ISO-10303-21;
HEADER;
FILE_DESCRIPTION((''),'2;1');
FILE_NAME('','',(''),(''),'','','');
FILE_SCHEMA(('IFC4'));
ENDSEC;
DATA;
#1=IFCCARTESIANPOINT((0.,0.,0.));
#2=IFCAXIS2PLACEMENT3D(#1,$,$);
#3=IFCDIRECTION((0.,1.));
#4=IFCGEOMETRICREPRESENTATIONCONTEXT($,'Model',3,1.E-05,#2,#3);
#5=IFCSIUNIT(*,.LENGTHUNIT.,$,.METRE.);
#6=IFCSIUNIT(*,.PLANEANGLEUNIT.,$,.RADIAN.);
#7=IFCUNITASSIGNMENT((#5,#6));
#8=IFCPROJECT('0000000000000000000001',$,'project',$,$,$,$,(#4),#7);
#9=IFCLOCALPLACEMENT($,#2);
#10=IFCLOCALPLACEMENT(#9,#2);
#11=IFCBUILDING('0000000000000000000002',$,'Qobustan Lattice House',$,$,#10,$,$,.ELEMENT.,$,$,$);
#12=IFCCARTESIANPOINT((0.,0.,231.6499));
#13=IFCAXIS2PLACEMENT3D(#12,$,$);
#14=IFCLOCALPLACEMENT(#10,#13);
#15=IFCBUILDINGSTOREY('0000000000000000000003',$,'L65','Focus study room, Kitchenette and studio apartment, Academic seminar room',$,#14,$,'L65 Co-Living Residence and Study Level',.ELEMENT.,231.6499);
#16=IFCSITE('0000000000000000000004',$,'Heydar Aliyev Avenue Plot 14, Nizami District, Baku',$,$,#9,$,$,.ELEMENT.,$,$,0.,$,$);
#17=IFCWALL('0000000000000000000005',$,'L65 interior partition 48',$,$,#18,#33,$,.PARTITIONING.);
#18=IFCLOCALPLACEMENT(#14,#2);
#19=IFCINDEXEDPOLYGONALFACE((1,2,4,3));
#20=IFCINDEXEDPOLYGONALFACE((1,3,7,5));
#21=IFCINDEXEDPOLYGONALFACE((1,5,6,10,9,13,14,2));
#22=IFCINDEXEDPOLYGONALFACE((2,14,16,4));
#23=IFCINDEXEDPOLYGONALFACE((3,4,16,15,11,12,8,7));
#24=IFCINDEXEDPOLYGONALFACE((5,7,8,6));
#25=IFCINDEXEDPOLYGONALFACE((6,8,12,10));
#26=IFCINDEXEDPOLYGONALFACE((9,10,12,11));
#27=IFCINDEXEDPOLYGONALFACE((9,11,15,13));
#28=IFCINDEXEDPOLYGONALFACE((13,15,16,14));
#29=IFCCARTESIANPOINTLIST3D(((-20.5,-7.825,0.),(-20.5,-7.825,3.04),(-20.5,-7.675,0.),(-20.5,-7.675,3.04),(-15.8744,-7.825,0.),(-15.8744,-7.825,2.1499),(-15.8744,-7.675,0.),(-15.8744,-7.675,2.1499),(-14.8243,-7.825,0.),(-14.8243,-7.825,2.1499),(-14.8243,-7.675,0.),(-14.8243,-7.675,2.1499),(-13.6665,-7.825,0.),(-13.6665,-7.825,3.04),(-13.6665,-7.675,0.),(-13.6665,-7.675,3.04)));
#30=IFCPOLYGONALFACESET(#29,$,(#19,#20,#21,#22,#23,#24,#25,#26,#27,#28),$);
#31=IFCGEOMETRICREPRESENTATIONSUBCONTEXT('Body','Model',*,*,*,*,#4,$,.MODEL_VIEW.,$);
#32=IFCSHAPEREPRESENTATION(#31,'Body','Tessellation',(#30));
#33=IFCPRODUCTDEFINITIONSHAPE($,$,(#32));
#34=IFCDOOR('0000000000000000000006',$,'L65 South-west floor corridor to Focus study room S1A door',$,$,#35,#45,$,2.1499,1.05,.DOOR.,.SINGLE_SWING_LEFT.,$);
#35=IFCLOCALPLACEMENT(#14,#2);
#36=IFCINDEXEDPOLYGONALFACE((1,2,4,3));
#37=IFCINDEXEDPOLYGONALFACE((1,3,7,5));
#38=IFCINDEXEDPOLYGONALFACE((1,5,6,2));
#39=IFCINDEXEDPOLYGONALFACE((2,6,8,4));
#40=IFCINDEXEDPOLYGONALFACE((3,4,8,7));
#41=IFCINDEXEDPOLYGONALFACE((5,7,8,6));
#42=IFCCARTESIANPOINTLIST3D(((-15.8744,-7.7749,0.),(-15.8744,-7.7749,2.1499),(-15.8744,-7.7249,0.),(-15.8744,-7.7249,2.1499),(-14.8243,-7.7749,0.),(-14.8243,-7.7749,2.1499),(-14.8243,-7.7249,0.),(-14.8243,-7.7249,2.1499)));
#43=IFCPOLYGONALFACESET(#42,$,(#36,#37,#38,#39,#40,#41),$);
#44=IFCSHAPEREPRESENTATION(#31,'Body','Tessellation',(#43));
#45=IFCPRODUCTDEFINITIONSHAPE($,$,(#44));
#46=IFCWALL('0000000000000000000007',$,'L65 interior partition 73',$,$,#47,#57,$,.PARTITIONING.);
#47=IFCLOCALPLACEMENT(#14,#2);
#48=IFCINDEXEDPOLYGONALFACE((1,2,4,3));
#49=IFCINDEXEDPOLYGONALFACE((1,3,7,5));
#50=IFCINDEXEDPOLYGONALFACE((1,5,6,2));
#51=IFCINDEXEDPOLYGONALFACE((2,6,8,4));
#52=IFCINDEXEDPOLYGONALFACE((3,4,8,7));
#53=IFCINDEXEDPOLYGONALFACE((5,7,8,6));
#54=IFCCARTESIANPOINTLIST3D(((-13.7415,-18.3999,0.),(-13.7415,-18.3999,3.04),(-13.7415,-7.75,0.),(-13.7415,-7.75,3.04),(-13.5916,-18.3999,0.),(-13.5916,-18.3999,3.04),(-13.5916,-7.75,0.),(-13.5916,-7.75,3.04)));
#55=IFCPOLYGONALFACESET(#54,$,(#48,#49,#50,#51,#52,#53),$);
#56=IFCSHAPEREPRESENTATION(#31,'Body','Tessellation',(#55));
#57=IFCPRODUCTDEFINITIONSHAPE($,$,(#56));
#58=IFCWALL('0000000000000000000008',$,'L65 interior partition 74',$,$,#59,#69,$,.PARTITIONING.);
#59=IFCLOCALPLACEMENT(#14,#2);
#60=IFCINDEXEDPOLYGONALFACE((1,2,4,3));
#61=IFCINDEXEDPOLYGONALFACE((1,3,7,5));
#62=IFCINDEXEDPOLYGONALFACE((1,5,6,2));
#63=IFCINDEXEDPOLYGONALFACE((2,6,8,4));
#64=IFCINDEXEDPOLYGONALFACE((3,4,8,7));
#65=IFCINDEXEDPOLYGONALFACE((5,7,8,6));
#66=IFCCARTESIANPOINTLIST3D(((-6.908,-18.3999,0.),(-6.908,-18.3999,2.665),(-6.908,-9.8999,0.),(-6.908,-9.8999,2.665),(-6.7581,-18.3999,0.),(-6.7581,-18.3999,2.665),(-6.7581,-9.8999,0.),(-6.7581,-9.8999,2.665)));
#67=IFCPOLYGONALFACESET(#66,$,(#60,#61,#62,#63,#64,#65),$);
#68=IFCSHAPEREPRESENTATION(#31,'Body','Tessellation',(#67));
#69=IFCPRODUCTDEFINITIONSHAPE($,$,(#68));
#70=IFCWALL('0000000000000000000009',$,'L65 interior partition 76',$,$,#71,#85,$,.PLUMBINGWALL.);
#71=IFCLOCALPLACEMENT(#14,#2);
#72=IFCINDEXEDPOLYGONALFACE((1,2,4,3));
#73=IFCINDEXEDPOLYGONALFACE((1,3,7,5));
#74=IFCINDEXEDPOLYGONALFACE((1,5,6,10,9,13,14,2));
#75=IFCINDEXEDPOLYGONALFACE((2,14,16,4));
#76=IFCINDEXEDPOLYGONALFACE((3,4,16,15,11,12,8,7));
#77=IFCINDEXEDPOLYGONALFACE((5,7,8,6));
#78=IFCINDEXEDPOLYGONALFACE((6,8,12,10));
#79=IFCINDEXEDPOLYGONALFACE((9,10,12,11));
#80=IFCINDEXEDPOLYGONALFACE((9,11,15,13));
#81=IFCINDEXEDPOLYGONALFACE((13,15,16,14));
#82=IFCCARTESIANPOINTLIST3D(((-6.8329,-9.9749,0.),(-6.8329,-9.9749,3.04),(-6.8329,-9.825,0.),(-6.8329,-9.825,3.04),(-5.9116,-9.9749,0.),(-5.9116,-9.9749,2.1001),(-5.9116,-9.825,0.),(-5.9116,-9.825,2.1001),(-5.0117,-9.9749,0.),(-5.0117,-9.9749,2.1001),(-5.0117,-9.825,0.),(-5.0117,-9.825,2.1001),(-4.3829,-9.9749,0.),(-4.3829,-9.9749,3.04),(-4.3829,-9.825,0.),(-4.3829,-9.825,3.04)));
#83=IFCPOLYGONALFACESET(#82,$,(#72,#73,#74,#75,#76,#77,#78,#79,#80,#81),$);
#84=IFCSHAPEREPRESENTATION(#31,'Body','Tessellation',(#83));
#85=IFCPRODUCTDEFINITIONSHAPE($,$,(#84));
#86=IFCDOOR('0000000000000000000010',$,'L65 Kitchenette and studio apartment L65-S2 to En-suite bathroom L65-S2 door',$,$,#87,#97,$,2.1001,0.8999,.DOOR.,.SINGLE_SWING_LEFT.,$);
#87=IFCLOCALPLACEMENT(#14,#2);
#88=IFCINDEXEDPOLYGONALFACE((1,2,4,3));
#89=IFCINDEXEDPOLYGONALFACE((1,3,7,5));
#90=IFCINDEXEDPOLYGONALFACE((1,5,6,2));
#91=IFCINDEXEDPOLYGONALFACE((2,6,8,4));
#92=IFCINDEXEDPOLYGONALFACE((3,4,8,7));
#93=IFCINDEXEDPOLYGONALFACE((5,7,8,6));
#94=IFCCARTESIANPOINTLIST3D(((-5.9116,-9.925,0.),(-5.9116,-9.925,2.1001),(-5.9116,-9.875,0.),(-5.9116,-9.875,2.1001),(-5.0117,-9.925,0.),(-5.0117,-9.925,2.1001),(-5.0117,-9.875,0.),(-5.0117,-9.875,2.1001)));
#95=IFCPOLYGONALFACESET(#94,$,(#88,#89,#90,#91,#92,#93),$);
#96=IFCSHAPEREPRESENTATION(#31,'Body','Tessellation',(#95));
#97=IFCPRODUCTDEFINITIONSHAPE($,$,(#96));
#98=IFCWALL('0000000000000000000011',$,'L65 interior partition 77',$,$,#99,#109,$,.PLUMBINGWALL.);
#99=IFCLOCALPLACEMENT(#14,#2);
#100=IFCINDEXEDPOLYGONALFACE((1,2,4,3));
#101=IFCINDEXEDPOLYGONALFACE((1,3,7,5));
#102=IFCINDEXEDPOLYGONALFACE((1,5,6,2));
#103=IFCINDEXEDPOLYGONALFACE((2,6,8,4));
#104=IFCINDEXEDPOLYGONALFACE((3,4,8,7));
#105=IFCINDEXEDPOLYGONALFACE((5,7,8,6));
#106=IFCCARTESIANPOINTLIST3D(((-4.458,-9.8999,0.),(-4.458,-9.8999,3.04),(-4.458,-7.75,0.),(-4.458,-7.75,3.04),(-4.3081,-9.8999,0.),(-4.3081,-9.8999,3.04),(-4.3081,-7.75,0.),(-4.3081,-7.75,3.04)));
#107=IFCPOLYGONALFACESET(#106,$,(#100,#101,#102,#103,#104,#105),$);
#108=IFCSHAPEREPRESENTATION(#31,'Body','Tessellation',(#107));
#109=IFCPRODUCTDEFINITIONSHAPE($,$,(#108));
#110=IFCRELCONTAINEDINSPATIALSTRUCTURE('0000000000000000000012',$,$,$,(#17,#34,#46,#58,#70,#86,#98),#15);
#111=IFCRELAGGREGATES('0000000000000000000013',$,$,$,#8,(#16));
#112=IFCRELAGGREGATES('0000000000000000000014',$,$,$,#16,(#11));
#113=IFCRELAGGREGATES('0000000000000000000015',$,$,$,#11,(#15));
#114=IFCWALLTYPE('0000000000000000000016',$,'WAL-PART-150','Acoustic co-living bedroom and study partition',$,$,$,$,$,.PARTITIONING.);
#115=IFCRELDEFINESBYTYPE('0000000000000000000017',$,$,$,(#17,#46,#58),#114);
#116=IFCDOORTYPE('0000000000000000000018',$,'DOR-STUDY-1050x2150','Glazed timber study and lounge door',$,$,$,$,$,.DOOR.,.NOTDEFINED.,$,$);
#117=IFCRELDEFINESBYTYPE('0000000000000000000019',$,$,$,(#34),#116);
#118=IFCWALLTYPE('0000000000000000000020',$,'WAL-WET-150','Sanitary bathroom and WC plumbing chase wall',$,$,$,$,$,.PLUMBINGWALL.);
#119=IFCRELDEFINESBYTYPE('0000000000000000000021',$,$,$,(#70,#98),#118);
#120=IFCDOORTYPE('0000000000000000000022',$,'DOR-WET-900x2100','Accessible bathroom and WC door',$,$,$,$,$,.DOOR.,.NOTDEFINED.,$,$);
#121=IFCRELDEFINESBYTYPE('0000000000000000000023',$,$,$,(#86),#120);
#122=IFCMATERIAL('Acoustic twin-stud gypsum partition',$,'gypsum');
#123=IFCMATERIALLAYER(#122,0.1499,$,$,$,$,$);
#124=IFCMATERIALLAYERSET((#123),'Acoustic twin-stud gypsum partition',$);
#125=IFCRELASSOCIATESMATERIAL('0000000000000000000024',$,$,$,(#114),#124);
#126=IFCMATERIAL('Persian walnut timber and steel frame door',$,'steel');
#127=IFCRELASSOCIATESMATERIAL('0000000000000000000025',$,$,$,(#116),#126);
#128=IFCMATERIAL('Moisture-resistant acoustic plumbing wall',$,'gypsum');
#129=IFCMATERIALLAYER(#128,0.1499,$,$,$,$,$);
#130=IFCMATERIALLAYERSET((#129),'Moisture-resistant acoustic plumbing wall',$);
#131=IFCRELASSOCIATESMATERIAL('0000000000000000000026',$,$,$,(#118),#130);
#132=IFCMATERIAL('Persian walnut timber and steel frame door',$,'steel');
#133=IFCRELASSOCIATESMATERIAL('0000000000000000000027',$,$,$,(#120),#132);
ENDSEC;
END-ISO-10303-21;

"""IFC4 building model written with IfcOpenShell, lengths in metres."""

from ifc_helpers import new_model, si_unit, direction, frame, frame_2d, origin, place, context, subcontext, project, spatial, rectangle, extrude, material, layer, layer_set, type_object, element, fill, save


model = new_model("IFC4")

# Units and contexts
model_context = context("Model", 3, precision=1e-05, world=origin(), true_north=direction((0.0, 1.0)))
body_context = subcontext(model_context, "Body", "Model", "MODEL_VIEW")
ifc_project = project(units=[si_unit("LENGTHUNIT", "METRE"), si_unit("PLANEANGLEUNIT", "RADIAN")], contexts=[model_context])

# Site, building, storey
site_placement = place(None, origin())
site = spatial("IfcSite", under=ifc_project, at=site_placement, Name="Heydar Aliyev Avenue Plot 14, Nizami District, Baku", CompositionType="ELEMENT", RefElevation=0.0)
building_placement = place(site_placement, origin())
building = spatial("IfcBuilding", under=site, at=building_placement, Name="Qobustan Lattice House", CompositionType="ELEMENT")
storey_placement = place(building_placement, frame((0.0, 0.0, 231.6499)))
storey = spatial("IfcBuildingStorey", under=building, at=storey_placement, Name="L65", Description="Focus study room, Kitchenette and studio apartment, Academic seminar room", LongName="L65 Co-Living Residence and Study Level", CompositionType="ELEMENT", Elevation=231.6499)

# Wall, opening, door
ifc_material_1 = material(Name="Acoustic twin-stud gypsum partition", Category="gypsum")
ifc_layer_1 = layer(ifc_material_1, 0.1499)
ifc_layer_set_1 = layer_set([ifc_layer_1], Name="Acoustic twin-stud gypsum partition")
wall_type_1 = type_object("IfcWallType", Name="WAL-PART-150", Description="Acoustic co-living bedroom and study partition", PredefinedType="PARTITIONING", material=ifc_layer_set_1)
wall_1_placement = place(storey_placement, frame((-13.6665, -7.75, 0.0), z_axis=(0.0, 0.0, 1.0), x_axis=(-1.0, 0.0, 0.0)))
wall_1 = element("IfcWall", 1, at=wall_1_placement, inside=storey, type_object=wall_type_1, Name="L65 interior partition 48", PredefinedType="PARTITIONING", context=body_context, shape_type="SweptSolid", body=[
    extrude(rectangle(XDim=6.8335, YDim=0.1499, at=frame_2d((3.4167, 0.0))), origin(), (0.0, 0.0, 1.0), 3.04),
])
opening_1_placement = place(wall_1_placement, frame((1.158, 0.0, 0.0)))
opening_1 = element("IfcOpeningElement", 2, at=opening_1_placement, cuts=wall_1, PredefinedType="OPENING", context=body_context, shape_type="SweptSolid", body=[
    extrude(rectangle(XDim=1.05, YDim=2.1499, at=frame_2d((0.5249, 1.075))), frame((0.0, 0.085, 0.0), z_axis=(0.0, -1.0, 0.0), x_axis=(1.0, 0.0, 0.0)), (0.0, 0.0, 1.0), 0.1699),
])
ifc_material_2 = material(Name="Persian walnut timber and steel frame door", Category="steel")
door_type_1 = type_object("IfcDoorType", Name="DOR-STUDY-1050x2150", Description="Glazed timber study and lounge door", OperationType="NOTDEFINED", PredefinedType="DOOR", material=ifc_material_2)
door_1_placement = place(opening_1_placement, origin())
door_1 = element("IfcDoor", 3, at=door_1_placement, inside=storey, type_object=door_type_1, Name="L65 South-west floor corridor to Focus study room S1A door", OperationType="SINGLE_SWING_LEFT", OverallHeight=2.1499, OverallWidth=1.05, PredefinedType="DOOR", context=body_context, shape_type="SweptSolid", body=[
    extrude(rectangle(XDim=1.05, YDim=2.1499, at=frame_2d((0.5249, 1.075))), frame((0.0, 0.0249, 0.0), z_axis=(0.0, -1.0, 0.0), x_axis=(1.0, 0.0, 0.0)), (0.0, 0.0, 1.0), 0.05),
])
fill(opening_1, door_1)

# Walls
wall_2_placement = place(storey_placement, frame((-13.6665, -7.75, 0.0), z_axis=(0.0, 0.0, 1.0), x_axis=(0.0, -1.0, 0.0)))
element("IfcWall", 4, at=wall_2_placement, inside=storey, type_object=wall_type_1, Name="L65 interior partition 73", PredefinedType="PARTITIONING", context=body_context, shape_type="SweptSolid", body=[
    extrude(rectangle(XDim=10.6499, YDim=0.1499, at=frame_2d((5.325, 0.0))), origin(), (0.0, 0.0, 1.0), 3.04),
])
wall_3_placement = place(storey_placement, frame((-6.833, -9.8999, 0.0), z_axis=(0.0, 0.0, 1.0), x_axis=(0.0, -1.0, 0.0)))
element("IfcWall", 5, at=wall_3_placement, inside=storey, type_object=wall_type_1, Name="L65 interior partition 74", PredefinedType="PARTITIONING", context=body_context, shape_type="SweptSolid", body=[
    extrude(rectangle(XDim=8.5, YDim=0.1499, at=frame_2d((4.25, 0.0))), origin(), (0.0, 0.0, 1.0), 2.665),
])

# Wall, opening, door
ifc_material_3 = material(Name="Moisture-resistant acoustic plumbing wall", Category="gypsum")
ifc_layer_2 = layer(ifc_material_3, 0.1499)
ifc_layer_set_2 = layer_set([ifc_layer_2], Name="Moisture-resistant acoustic plumbing wall")
wall_type_2 = type_object("IfcWallType", Name="WAL-WET-150", Description="Sanitary bathroom and WC plumbing chase wall", PredefinedType="PLUMBINGWALL", material=ifc_layer_set_2)
wall_4_placement = place(storey_placement, frame((-6.833, -9.8999, 0.0), z_axis=(0.0, 0.0, 1.0), x_axis=(1.0, 0.0, 0.0)))
wall_4 = element("IfcWall", 6, at=wall_4_placement, inside=storey, type_object=wall_type_2, Name="L65 interior partition 76", PredefinedType="PLUMBINGWALL", context=body_context, shape_type="SweptSolid", body=[
    extrude(rectangle(XDim=2.45, YDim=0.1499, at=frame_2d((1.2251, 0.0))), origin(), (0.0, 0.0, 1.0), 3.04),
])
opening_2_placement = place(wall_4_placement, frame((0.9214, 0.0, 0.0)))
opening_2 = element("IfcOpeningElement", 7, at=opening_2_placement, cuts=wall_4, PredefinedType="OPENING", context=body_context, shape_type="SweptSolid", body=[
    extrude(rectangle(XDim=0.8999, YDim=2.1001, at=frame_2d((0.45, 1.05))), frame((0.0, 0.085, 0.0), z_axis=(0.0, -1.0, 0.0), x_axis=(1.0, 0.0, 0.0)), (0.0, 0.0, 1.0), 0.1699),
])
ifc_material_4 = material(Name="Persian walnut timber and steel frame door", Category="steel")
door_type_2 = type_object("IfcDoorType", Name="DOR-WET-900x2100", Description="Accessible bathroom and WC door", OperationType="NOTDEFINED", PredefinedType="DOOR", material=ifc_material_4)
door_2_placement = place(opening_2_placement, origin())
door_2 = element("IfcDoor", 8, at=door_2_placement, inside=storey, type_object=door_type_2, Name="L65 Kitchenette and studio apartment L65-S2 to En-suite bathroom L65-S2 door", OperationType="SINGLE_SWING_LEFT", OverallHeight=2.1001, OverallWidth=0.8999, PredefinedType="DOOR", context=body_context, shape_type="SweptSolid", body=[
    extrude(rectangle(XDim=0.8999, YDim=2.1001, at=frame_2d((0.45, 1.05))), frame((0.0, 0.0249, 0.0), z_axis=(0.0, -1.0, 0.0), x_axis=(1.0, 0.0, 0.0)), (0.0, 0.0, 1.0), 0.05),
])
fill(opening_2, door_2)

# Wall
wall_5_placement = place(storey_placement, frame((-4.3831, -9.8999, 0.0), z_axis=(0.0, 0.0, 1.0), x_axis=(0.0, 1.0, 0.0)))
element("IfcWall", 9, at=wall_5_placement, inside=storey, type_object=wall_type_2, Name="L65 interior partition 77", PredefinedType="PLUMBINGWALL", context=body_context, shape_type="SweptSolid", body=[
    extrude(rectangle(XDim=2.1499, YDim=0.1499, at=frame_2d((1.075, 0.0))), origin(), (0.0, 0.0, 1.0), 3.04),
])

save(model, "model.ifc")
